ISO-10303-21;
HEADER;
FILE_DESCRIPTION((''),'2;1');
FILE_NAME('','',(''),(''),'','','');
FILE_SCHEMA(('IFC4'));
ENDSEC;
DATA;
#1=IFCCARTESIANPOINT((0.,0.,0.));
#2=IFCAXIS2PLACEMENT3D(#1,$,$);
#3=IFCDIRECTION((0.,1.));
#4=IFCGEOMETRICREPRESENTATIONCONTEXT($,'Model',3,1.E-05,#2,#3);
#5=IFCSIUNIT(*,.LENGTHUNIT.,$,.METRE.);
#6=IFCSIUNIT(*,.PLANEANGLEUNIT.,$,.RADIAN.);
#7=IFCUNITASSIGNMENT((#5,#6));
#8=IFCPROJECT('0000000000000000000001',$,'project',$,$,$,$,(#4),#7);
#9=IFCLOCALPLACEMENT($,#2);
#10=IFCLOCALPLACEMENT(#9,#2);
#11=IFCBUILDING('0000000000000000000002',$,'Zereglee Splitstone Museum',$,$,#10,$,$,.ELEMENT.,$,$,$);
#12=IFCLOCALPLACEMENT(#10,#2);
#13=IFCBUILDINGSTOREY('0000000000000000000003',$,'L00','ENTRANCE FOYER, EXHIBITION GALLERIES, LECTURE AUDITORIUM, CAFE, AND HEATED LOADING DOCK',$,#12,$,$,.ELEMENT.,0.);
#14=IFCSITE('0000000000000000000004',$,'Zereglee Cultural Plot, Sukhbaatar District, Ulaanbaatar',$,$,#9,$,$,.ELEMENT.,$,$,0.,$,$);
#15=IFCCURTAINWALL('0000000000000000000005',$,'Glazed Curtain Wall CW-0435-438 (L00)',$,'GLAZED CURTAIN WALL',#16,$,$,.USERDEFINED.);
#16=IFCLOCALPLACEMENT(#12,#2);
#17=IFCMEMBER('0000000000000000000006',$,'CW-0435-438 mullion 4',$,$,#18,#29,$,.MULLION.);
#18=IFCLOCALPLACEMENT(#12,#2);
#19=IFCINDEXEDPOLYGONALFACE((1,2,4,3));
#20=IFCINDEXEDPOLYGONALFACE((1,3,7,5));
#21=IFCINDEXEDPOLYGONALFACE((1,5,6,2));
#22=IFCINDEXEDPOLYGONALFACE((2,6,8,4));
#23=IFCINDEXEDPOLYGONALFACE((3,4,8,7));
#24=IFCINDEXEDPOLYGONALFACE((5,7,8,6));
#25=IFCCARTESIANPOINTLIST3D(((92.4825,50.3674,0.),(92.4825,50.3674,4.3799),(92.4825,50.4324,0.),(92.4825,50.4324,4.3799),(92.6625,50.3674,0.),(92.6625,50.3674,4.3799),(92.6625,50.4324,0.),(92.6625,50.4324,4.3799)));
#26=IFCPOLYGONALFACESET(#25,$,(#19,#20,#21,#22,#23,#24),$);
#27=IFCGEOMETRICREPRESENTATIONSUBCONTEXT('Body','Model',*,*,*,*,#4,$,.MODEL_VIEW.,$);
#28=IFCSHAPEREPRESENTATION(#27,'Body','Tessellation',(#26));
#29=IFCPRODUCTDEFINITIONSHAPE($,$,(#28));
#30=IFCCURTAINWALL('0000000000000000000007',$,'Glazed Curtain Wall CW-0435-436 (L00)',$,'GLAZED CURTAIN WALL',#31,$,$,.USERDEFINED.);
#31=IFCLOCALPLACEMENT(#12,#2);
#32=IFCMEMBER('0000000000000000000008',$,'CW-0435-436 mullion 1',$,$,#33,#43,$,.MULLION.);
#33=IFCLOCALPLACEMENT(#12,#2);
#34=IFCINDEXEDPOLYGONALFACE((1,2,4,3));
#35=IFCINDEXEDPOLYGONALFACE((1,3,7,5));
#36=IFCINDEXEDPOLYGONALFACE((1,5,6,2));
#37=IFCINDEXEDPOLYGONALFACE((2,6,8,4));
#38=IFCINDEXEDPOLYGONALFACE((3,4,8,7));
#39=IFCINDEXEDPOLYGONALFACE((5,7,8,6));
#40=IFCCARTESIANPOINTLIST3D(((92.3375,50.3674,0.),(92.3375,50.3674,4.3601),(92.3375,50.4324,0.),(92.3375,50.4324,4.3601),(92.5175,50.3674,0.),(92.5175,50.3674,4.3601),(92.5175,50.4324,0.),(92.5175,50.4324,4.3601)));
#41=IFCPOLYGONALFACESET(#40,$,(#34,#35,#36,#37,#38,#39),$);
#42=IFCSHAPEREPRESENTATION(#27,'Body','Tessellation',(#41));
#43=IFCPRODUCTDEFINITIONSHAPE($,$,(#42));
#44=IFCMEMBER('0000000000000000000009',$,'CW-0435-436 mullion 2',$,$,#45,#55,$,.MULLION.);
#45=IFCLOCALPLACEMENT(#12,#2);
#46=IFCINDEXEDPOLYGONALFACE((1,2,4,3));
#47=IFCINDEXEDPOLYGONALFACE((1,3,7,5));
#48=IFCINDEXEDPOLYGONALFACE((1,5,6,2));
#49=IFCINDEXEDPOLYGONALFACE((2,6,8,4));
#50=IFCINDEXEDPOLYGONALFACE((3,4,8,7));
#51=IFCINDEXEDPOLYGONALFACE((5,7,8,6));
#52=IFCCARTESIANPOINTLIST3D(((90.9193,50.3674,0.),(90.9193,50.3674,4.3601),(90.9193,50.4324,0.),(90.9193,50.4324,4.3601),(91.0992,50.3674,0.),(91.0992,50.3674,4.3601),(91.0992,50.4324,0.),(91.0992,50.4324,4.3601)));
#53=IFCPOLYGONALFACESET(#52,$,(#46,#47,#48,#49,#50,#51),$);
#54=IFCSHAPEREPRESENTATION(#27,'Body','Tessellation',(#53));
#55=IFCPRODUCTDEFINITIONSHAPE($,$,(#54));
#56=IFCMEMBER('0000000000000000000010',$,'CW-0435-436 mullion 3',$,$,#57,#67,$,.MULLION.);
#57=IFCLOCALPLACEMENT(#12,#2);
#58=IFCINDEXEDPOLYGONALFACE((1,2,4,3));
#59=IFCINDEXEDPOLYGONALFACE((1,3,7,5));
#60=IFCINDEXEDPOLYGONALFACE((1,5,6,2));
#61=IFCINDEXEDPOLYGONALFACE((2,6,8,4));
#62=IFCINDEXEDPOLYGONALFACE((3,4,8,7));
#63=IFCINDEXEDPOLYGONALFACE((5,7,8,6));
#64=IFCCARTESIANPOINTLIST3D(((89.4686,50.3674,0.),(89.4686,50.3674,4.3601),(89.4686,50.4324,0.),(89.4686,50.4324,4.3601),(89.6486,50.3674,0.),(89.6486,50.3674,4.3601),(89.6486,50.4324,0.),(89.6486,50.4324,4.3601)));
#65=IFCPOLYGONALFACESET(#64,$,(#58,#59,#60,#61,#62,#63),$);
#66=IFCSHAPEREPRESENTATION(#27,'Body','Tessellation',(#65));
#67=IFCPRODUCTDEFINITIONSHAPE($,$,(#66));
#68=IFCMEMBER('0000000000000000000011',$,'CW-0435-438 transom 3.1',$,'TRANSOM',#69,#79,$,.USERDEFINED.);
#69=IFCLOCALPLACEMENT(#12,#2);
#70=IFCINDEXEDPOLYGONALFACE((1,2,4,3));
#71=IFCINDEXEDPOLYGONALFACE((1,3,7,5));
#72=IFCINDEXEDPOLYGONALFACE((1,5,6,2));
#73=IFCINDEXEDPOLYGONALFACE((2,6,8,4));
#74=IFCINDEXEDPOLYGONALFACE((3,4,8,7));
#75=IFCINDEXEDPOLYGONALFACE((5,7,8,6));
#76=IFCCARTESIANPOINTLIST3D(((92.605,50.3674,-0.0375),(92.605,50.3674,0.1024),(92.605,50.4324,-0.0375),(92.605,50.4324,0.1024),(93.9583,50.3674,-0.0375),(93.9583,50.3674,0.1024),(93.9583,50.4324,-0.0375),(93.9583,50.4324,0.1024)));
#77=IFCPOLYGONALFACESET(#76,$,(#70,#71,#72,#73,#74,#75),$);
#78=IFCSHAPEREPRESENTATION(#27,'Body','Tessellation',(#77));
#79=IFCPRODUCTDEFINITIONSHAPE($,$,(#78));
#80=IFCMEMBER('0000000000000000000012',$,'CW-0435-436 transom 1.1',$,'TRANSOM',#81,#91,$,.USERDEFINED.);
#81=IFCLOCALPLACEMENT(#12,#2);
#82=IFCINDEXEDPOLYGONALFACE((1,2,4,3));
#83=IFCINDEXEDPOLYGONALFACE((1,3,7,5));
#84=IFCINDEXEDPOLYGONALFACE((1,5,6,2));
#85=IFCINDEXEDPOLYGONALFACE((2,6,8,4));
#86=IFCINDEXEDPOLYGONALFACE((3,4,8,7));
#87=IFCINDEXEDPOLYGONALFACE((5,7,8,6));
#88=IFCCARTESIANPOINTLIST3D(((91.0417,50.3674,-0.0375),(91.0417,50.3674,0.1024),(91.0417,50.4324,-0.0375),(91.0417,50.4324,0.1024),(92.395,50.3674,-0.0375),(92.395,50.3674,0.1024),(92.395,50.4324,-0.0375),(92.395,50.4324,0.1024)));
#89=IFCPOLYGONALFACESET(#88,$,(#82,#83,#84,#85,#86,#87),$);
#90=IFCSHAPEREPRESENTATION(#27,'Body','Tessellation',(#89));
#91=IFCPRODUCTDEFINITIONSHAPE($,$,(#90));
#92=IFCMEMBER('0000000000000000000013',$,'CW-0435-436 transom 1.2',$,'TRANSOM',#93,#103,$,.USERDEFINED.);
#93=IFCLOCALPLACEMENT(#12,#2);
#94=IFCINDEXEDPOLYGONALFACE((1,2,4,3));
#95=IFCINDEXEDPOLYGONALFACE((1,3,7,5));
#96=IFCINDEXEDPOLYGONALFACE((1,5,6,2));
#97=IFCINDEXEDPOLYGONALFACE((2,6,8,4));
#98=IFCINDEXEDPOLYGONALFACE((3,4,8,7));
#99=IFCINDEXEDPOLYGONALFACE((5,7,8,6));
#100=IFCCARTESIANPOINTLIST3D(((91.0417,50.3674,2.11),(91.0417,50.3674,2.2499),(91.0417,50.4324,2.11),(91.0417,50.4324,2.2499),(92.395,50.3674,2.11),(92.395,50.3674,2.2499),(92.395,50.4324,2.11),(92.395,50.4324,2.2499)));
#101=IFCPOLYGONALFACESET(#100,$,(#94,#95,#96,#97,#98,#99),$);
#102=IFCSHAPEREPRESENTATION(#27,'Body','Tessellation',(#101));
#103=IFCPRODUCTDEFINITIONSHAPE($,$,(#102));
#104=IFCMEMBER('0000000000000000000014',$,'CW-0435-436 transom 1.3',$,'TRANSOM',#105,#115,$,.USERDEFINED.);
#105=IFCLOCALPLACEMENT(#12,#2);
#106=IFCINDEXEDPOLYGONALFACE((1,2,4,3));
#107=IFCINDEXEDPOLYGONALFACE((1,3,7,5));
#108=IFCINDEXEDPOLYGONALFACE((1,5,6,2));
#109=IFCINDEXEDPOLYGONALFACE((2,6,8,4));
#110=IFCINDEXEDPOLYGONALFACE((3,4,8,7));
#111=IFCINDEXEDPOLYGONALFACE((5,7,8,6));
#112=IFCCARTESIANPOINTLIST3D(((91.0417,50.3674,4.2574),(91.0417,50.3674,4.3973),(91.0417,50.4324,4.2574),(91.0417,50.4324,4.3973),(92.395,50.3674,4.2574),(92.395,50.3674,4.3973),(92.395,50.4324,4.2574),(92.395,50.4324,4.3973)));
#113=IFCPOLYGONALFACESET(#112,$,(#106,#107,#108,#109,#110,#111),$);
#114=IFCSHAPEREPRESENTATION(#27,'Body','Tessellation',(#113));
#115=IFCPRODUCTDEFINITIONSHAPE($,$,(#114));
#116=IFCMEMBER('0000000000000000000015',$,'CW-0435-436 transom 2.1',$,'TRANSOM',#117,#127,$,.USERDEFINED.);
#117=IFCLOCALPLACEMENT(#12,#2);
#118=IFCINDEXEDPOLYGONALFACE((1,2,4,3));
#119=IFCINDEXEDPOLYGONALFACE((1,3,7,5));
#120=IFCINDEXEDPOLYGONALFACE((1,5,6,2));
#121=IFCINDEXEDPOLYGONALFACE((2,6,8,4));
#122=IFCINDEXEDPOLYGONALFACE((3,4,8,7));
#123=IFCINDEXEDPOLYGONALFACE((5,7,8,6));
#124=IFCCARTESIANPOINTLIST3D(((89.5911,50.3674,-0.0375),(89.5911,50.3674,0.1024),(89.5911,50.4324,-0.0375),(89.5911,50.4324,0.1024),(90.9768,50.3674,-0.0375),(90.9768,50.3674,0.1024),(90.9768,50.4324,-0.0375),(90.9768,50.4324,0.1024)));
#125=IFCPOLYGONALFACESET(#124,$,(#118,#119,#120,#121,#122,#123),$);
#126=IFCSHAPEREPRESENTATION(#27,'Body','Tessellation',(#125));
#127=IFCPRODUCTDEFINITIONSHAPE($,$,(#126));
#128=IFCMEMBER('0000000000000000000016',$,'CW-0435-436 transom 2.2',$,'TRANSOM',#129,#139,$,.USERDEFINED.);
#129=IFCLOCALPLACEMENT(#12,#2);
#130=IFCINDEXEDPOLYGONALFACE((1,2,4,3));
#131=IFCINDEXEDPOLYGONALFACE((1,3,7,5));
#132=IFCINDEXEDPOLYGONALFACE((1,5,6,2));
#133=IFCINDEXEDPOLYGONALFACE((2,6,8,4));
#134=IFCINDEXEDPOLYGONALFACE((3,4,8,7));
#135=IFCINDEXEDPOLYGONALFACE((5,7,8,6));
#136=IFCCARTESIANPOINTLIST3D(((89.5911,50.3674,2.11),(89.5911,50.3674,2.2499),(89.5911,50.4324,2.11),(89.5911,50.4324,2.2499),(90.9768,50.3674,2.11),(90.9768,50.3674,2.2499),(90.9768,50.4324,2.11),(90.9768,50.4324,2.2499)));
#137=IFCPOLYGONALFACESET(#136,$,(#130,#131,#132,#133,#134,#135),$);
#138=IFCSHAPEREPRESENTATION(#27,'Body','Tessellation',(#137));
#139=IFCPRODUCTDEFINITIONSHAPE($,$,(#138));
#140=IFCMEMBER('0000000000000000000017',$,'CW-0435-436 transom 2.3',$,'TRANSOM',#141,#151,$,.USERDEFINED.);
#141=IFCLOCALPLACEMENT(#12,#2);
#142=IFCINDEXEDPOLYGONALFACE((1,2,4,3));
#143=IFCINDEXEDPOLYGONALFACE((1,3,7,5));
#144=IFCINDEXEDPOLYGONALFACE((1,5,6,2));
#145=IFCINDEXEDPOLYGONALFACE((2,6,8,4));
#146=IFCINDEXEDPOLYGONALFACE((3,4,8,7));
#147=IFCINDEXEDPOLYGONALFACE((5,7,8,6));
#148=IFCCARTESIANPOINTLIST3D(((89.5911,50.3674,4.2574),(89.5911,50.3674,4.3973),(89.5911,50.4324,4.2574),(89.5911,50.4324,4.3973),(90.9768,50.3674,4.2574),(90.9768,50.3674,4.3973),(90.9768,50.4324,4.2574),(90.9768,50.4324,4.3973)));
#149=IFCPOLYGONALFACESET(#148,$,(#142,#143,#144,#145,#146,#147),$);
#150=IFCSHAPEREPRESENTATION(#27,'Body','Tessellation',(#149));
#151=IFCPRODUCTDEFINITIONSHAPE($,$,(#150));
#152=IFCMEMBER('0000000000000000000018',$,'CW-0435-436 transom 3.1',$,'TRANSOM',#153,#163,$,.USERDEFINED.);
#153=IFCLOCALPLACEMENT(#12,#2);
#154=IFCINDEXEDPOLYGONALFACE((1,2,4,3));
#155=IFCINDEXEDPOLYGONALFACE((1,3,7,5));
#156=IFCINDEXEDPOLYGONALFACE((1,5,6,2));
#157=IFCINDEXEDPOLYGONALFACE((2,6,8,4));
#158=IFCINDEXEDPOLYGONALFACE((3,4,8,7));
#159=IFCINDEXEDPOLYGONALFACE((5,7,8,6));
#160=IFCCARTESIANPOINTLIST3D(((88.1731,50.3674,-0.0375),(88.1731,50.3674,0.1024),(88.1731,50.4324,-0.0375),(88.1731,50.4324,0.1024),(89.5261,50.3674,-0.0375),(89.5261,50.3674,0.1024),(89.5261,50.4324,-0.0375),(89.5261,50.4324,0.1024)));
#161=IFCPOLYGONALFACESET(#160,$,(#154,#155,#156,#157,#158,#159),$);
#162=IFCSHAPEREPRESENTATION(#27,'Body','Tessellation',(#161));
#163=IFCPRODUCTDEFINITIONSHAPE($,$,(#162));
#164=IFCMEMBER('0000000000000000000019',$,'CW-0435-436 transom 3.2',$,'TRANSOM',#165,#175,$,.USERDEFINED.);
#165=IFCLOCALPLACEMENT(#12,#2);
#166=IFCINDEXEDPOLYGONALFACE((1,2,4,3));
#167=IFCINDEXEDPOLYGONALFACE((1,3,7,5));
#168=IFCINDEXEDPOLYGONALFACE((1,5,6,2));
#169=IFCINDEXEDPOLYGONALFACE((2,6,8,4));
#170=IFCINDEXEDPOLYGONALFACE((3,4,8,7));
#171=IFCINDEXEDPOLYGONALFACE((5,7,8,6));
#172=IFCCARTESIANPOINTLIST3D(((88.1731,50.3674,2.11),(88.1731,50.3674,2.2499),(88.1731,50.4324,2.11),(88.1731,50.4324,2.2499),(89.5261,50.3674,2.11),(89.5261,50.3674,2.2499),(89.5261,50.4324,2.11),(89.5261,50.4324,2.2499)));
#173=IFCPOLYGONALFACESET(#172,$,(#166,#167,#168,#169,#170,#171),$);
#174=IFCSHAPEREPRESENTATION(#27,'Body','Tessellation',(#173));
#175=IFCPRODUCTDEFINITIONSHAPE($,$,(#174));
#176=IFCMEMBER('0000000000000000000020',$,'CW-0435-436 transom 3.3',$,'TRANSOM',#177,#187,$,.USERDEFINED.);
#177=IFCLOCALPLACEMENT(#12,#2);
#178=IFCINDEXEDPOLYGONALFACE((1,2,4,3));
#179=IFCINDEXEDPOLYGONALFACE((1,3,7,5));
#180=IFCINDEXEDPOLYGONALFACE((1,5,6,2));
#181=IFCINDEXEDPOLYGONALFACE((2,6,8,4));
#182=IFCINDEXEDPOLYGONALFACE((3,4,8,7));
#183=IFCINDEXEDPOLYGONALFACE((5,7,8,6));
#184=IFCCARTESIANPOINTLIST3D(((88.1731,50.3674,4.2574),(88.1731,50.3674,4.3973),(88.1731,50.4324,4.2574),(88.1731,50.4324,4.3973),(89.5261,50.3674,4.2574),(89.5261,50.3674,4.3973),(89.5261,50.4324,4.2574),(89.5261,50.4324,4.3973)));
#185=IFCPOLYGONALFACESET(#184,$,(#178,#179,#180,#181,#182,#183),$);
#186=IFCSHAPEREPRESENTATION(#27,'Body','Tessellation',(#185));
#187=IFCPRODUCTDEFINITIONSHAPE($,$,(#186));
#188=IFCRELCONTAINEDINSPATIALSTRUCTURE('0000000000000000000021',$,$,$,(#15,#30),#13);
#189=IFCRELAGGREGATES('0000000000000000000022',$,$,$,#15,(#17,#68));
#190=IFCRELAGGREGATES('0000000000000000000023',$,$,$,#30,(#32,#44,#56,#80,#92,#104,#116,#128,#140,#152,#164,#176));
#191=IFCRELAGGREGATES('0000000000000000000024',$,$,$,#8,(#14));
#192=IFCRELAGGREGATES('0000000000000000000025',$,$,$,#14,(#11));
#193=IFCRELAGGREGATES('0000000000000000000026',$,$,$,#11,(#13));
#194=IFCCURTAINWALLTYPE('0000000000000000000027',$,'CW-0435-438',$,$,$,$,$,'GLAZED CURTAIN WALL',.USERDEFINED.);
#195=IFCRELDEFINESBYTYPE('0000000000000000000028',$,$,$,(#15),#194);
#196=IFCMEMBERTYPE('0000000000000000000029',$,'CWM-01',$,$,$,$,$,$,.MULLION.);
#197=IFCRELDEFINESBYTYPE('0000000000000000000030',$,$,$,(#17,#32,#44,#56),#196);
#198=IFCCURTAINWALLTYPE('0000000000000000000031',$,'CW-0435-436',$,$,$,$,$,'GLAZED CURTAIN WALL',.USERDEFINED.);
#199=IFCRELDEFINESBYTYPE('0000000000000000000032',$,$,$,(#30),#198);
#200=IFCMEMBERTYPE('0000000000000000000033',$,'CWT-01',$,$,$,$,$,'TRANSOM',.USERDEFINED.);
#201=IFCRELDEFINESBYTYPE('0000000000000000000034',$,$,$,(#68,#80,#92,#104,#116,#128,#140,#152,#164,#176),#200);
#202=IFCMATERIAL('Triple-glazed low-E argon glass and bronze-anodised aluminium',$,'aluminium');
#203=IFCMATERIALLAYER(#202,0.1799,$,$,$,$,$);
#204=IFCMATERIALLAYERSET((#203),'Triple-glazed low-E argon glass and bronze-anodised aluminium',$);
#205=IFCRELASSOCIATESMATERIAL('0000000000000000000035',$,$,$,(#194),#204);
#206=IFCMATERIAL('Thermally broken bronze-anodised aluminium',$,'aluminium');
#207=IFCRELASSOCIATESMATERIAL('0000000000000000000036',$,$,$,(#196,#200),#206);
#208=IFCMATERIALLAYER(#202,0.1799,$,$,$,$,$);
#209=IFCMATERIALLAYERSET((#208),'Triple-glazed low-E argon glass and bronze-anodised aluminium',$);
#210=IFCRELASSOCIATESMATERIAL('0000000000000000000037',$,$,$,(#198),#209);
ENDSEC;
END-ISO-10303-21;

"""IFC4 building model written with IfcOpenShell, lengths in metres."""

from ifc_helpers import new_model, si_unit, direction, frame, origin, origin_2d, place, context, subcontext, project, spatial, rectangle, extrude, material, layer, layer_set, material_profile, profile_set, type_object, element, aggregate, save


model = new_model("IFC4")

# Units and contexts
model_context = context("Model", 3, precision=1e-05, world=origin(), true_north=direction((0.0, 1.0)))
body_context = subcontext(model_context, "Body", "Model", "MODEL_VIEW")
ifc_project = project(units=[si_unit("LENGTHUNIT", "METRE"), si_unit("PLANEANGLEUNIT", "RADIAN")], contexts=[model_context])

# Site, building, storey
site_placement = place(None, origin())
site = spatial("IfcSite", under=ifc_project, at=site_placement, Name="Zereglee Cultural Plot, Sukhbaatar District, Ulaanbaatar", CompositionType="ELEMENT", RefElevation=0.0)
building_placement = place(site_placement, origin())
building = spatial("IfcBuilding", under=site, at=building_placement, Name="Zereglee Splitstone Museum", CompositionType="ELEMENT")
storey_placement = place(building_placement, origin())
storey = spatial("IfcBuildingStorey", under=building, at=storey_placement, Name="L00", Description="ENTRANCE FOYER, EXHIBITION GALLERIES, LECTURE AUDITORIUM, CAFE, AND HEATED LOADING DOCK", CompositionType="ELEMENT", Elevation=0.0)

# Curtain wall, member
ifc_material_1 = material(Name="Triple-glazed low-E argon glass and bronze-anodised aluminium", Category="aluminium")
ifc_layer_1 = layer(ifc_material_1, 0.1799)
ifc_layer_set_1 = layer_set([ifc_layer_1], Name="Triple-glazed low-E argon glass and bronze-anodised aluminium")
curtain_wall_type_1 = type_object("IfcCurtainWallType", Name="CW-0435-438", ElementType="GLAZED CURTAIN WALL", PredefinedType="USERDEFINED", material=ifc_layer_set_1)
curtain_wall_1_placement = place(storey_placement, origin())
curtain_wall_1 = element("IfcCurtainWall", 1, at=curtain_wall_1_placement, inside=storey, type_object=curtain_wall_type_1, Name="Glazed Curtain Wall CW-0435-438 (L00)", ObjectType="GLAZED CURTAIN WALL", PredefinedType="USERDEFINED")
ifc_material_2 = material(Name="Thermally broken bronze-anodised aluminium", Category="aluminium")
ifc_material_profile_1 = material_profile(ifc_material_2, rectangle(XDim=0.0649, YDim=0.1799, at=origin_2d()), Name="CW MULL 65x180")
ifc_profile_set_1 = profile_set([ifc_material_profile_1], Name="Thermally broken bronze-anodised aluminium")
member_type_1 = type_object("IfcMemberType", Name="CWM-01", PredefinedType="MULLION", material=ifc_profile_set_1)
member_1_placement = place(storey_placement, frame((92.5725, 50.3999, 0.0), z_axis=(0.0, 0.0, 1.0), x_axis=(0.0, -1.0, 0.0)))
member_1 = element("IfcMember", 2, at=member_1_placement, type_object=member_type_1, Name="CW-0435-438 mullion 4", PredefinedType="MULLION", context=body_context, shape_type="SweptSolid", body=[
    extrude(rectangle(XDim=0.0649, YDim=0.1799, at=origin_2d()), origin(), (0.0, 0.0, 1.0), 4.3799),
])

# Curtain wall, members
ifc_layer_2 = layer(ifc_material_1, 0.1799)
ifc_layer_set_2 = layer_set([ifc_layer_2], Name="Triple-glazed low-E argon glass and bronze-anodised aluminium")
curtain_wall_type_2 = type_object("IfcCurtainWallType", Name="CW-0435-436", ElementType="GLAZED CURTAIN WALL", PredefinedType="USERDEFINED", material=ifc_layer_set_2)
curtain_wall_2_placement = place(storey_placement, origin())
curtain_wall_2 = element("IfcCurtainWall", 3, at=curtain_wall_2_placement, inside=storey, type_object=curtain_wall_type_2, Name="Glazed Curtain Wall CW-0435-436 (L00)", ObjectType="GLAZED CURTAIN WALL", PredefinedType="USERDEFINED")
member_2_placement = place(storey_placement, frame((92.4275, 50.3999, 0.0), z_axis=(0.0, 0.0, 1.0), x_axis=(0.0, -1.0, 0.0)))
member_2 = element("IfcMember", 4, at=member_2_placement, type_object=member_type_1, Name="CW-0435-436 mullion 1", PredefinedType="MULLION", context=body_context, shape_type="SweptSolid", body=[
    extrude(rectangle(XDim=0.0649, YDim=0.1799, at=origin_2d()), origin(), (0.0, 0.0, 1.0), 4.3601),
])
member_3_placement = place(storey_placement, frame((91.0093, 50.3999, 0.0), z_axis=(0.0, 0.0, 1.0), x_axis=(0.0, -1.0, 0.0)))
member_3 = element("IfcMember", 5, at=member_3_placement, type_object=member_type_1, Name="CW-0435-436 mullion 2", PredefinedType="MULLION", context=body_context, shape_type="SweptSolid", body=[
    extrude(rectangle(XDim=0.0649, YDim=0.1799, at=origin_2d()), origin(), (0.0, 0.0, 1.0), 4.3601),
])
member_4_placement = place(storey_placement, frame((89.5586, 50.3999, 0.0), z_axis=(0.0, 0.0, 1.0), x_axis=(0.0, -1.0, 0.0)))
member_4 = element("IfcMember", 6, at=member_4_placement, type_object=member_type_1, Name="CW-0435-436 mullion 3", PredefinedType="MULLION", context=body_context, shape_type="SweptSolid", body=[
    extrude(rectangle(XDim=0.0649, YDim=0.1799, at=origin_2d()), origin(), (0.0, 0.0, 1.0), 4.3601),
])

# Members
ifc_material_profile_2 = material_profile(ifc_material_2, rectangle(XDim=0.0649, YDim=0.1399, at=origin_2d()), Name="CW TRAN 65x140")
ifc_profile_set_2 = profile_set([ifc_material_profile_2], Name="Thermally broken bronze-anodised aluminium")
member_type_2 = type_object("IfcMemberType", Name="CWT-01", ElementType="TRANSOM", PredefinedType="USERDEFINED", material=ifc_profile_set_2)
member_5_placement = place(storey_placement, frame((93.9583, 50.3999, 0.0325), z_axis=(-1.0, 0.0, 0.0), x_axis=(0.0, -1.0, 0.0)))
member_5 = element("IfcMember", 7, at=member_5_placement, type_object=member_type_2, Name="CW-0435-438 transom 3.1", ObjectType="TRANSOM", PredefinedType="USERDEFINED", context=body_context, shape_type="SweptSolid", body=[
    extrude(rectangle(XDim=0.0649, YDim=0.1399, at=origin_2d()), origin(), (0.0, 0.0, 1.0), 1.3533),
])
member_6_placement = place(storey_placement, frame((92.395, 50.3999, 0.0325), z_axis=(-1.0, 0.0, 0.0), x_axis=(0.0, -1.0, 0.0)))
member_6 = element("IfcMember", 8, at=member_6_placement, type_object=member_type_2, Name="CW-0435-436 transom 1.1", ObjectType="TRANSOM", PredefinedType="USERDEFINED", context=body_context, shape_type="SweptSolid", body=[
    extrude(rectangle(XDim=0.0649, YDim=0.1399, at=origin_2d()), origin(), (0.0, 0.0, 1.0), 1.3533),
])
member_7_placement = place(storey_placement, frame((92.395, 50.3999, 2.1799), z_axis=(-1.0, 0.0, 0.0), x_axis=(0.0, -1.0, 0.0)))
member_7 = element("IfcMember", 9, at=member_7_placement, type_object=member_type_2, Name="CW-0435-436 transom 1.2", ObjectType="TRANSOM", PredefinedType="USERDEFINED", context=body_context, shape_type="SweptSolid", body=[
    extrude(rectangle(XDim=0.0649, YDim=0.1399, at=origin_2d()), origin(), (0.0, 0.0, 1.0), 1.3533),
])
member_8_placement = place(storey_placement, frame((92.395, 50.3999, 4.3274), z_axis=(-1.0, 0.0, 0.0), x_axis=(0.0, -1.0, 0.0)))
member_8 = element("IfcMember", 10, at=member_8_placement, type_object=member_type_2, Name="CW-0435-436 transom 1.3", ObjectType="TRANSOM", PredefinedType="USERDEFINED", context=body_context, shape_type="SweptSolid", body=[
    extrude(rectangle(XDim=0.0649, YDim=0.1399, at=origin_2d()), origin(), (0.0, 0.0, 1.0), 1.3533),
])
member_9_placement = place(storey_placement, frame((90.9768, 50.3999, 0.0325), z_axis=(-1.0, 0.0, 0.0), x_axis=(0.0, -1.0, 0.0)))
member_9 = element("IfcMember", 11, at=member_9_placement, type_object=member_type_2, Name="CW-0435-436 transom 2.1", ObjectType="TRANSOM", PredefinedType="USERDEFINED", context=body_context, shape_type="SweptSolid", body=[
    extrude(rectangle(XDim=0.0649, YDim=0.1399, at=origin_2d()), origin(), (0.0, 0.0, 1.0), 1.3857),
])
member_10_placement = place(storey_placement, frame((90.9768, 50.3999, 2.1799), z_axis=(-1.0, 0.0, 0.0), x_axis=(0.0, -1.0, 0.0)))
member_10 = element("IfcMember", 12, at=member_10_placement, type_object=member_type_2, Name="CW-0435-436 transom 2.2", ObjectType="TRANSOM", PredefinedType="USERDEFINED", context=body_context, shape_type="SweptSolid", body=[
    extrude(rectangle(XDim=0.0649, YDim=0.1399, at=origin_2d()), origin(), (0.0, 0.0, 1.0), 1.3857),
])
member_11_placement = place(storey_placement, frame((90.9768, 50.3999, 4.3274), z_axis=(-1.0, 0.0, 0.0), x_axis=(0.0, -1.0, 0.0)))
member_11 = element("IfcMember", 13, at=member_11_placement, type_object=member_type_2, Name="CW-0435-436 transom 2.3", ObjectType="TRANSOM", PredefinedType="USERDEFINED", context=body_context, shape_type="SweptSolid", body=[
    extrude(rectangle(XDim=0.0649, YDim=0.1399, at=origin_2d()), origin(), (0.0, 0.0, 1.0), 1.3857),
])
member_12_placement = place(storey_placement, frame((89.5261, 50.3999, 0.0325), z_axis=(-1.0, 0.0, 0.0), x_axis=(0.0, -1.0, 0.0)))
member_12 = element("IfcMember", 14, at=member_12_placement, type_object=member_type_2, Name="CW-0435-436 transom 3.1", ObjectType="TRANSOM", PredefinedType="USERDEFINED", context=body_context, shape_type="SweptSolid", body=[
    extrude(rectangle(XDim=0.0649, YDim=0.1399, at=origin_2d()), origin(), (0.0, 0.0, 1.0), 1.353),
])
member_13_placement = place(storey_placement, frame((89.5261, 50.3999, 2.1799), z_axis=(-1.0, 0.0, 0.0), x_axis=(0.0, -1.0, 0.0)))
member_13 = element("IfcMember", 15, at=member_13_placement, type_object=member_type_2, Name="CW-0435-436 transom 3.2", ObjectType="TRANSOM", PredefinedType="USERDEFINED", context=body_context, shape_type="SweptSolid", body=[
    extrude(rectangle(XDim=0.0649, YDim=0.1399, at=origin_2d()), origin(), (0.0, 0.0, 1.0), 1.353),
])
member_14_placement = place(storey_placement, frame((89.5261, 50.3999, 4.3274), z_axis=(-1.0, 0.0, 0.0), x_axis=(0.0, -1.0, 0.0)))
member_14 = element("IfcMember", 16, at=member_14_placement, type_object=member_type_2, Name="CW-0435-436 transom 3.3", ObjectType="TRANSOM", PredefinedType="USERDEFINED", context=body_context, shape_type="SweptSolid", body=[
    extrude(rectangle(XDim=0.0649, YDim=0.1399, at=origin_2d()), origin(), (0.0, 0.0, 1.0), 1.353),
])

aggregate(curtain_wall_1, [member_1, member_5])
aggregate(curtain_wall_2, [member_2, member_3, member_4, member_6, member_7, member_8, member_9, member_10, member_11, member_12, member_13, member_14])

save(model, "model.ifc")
